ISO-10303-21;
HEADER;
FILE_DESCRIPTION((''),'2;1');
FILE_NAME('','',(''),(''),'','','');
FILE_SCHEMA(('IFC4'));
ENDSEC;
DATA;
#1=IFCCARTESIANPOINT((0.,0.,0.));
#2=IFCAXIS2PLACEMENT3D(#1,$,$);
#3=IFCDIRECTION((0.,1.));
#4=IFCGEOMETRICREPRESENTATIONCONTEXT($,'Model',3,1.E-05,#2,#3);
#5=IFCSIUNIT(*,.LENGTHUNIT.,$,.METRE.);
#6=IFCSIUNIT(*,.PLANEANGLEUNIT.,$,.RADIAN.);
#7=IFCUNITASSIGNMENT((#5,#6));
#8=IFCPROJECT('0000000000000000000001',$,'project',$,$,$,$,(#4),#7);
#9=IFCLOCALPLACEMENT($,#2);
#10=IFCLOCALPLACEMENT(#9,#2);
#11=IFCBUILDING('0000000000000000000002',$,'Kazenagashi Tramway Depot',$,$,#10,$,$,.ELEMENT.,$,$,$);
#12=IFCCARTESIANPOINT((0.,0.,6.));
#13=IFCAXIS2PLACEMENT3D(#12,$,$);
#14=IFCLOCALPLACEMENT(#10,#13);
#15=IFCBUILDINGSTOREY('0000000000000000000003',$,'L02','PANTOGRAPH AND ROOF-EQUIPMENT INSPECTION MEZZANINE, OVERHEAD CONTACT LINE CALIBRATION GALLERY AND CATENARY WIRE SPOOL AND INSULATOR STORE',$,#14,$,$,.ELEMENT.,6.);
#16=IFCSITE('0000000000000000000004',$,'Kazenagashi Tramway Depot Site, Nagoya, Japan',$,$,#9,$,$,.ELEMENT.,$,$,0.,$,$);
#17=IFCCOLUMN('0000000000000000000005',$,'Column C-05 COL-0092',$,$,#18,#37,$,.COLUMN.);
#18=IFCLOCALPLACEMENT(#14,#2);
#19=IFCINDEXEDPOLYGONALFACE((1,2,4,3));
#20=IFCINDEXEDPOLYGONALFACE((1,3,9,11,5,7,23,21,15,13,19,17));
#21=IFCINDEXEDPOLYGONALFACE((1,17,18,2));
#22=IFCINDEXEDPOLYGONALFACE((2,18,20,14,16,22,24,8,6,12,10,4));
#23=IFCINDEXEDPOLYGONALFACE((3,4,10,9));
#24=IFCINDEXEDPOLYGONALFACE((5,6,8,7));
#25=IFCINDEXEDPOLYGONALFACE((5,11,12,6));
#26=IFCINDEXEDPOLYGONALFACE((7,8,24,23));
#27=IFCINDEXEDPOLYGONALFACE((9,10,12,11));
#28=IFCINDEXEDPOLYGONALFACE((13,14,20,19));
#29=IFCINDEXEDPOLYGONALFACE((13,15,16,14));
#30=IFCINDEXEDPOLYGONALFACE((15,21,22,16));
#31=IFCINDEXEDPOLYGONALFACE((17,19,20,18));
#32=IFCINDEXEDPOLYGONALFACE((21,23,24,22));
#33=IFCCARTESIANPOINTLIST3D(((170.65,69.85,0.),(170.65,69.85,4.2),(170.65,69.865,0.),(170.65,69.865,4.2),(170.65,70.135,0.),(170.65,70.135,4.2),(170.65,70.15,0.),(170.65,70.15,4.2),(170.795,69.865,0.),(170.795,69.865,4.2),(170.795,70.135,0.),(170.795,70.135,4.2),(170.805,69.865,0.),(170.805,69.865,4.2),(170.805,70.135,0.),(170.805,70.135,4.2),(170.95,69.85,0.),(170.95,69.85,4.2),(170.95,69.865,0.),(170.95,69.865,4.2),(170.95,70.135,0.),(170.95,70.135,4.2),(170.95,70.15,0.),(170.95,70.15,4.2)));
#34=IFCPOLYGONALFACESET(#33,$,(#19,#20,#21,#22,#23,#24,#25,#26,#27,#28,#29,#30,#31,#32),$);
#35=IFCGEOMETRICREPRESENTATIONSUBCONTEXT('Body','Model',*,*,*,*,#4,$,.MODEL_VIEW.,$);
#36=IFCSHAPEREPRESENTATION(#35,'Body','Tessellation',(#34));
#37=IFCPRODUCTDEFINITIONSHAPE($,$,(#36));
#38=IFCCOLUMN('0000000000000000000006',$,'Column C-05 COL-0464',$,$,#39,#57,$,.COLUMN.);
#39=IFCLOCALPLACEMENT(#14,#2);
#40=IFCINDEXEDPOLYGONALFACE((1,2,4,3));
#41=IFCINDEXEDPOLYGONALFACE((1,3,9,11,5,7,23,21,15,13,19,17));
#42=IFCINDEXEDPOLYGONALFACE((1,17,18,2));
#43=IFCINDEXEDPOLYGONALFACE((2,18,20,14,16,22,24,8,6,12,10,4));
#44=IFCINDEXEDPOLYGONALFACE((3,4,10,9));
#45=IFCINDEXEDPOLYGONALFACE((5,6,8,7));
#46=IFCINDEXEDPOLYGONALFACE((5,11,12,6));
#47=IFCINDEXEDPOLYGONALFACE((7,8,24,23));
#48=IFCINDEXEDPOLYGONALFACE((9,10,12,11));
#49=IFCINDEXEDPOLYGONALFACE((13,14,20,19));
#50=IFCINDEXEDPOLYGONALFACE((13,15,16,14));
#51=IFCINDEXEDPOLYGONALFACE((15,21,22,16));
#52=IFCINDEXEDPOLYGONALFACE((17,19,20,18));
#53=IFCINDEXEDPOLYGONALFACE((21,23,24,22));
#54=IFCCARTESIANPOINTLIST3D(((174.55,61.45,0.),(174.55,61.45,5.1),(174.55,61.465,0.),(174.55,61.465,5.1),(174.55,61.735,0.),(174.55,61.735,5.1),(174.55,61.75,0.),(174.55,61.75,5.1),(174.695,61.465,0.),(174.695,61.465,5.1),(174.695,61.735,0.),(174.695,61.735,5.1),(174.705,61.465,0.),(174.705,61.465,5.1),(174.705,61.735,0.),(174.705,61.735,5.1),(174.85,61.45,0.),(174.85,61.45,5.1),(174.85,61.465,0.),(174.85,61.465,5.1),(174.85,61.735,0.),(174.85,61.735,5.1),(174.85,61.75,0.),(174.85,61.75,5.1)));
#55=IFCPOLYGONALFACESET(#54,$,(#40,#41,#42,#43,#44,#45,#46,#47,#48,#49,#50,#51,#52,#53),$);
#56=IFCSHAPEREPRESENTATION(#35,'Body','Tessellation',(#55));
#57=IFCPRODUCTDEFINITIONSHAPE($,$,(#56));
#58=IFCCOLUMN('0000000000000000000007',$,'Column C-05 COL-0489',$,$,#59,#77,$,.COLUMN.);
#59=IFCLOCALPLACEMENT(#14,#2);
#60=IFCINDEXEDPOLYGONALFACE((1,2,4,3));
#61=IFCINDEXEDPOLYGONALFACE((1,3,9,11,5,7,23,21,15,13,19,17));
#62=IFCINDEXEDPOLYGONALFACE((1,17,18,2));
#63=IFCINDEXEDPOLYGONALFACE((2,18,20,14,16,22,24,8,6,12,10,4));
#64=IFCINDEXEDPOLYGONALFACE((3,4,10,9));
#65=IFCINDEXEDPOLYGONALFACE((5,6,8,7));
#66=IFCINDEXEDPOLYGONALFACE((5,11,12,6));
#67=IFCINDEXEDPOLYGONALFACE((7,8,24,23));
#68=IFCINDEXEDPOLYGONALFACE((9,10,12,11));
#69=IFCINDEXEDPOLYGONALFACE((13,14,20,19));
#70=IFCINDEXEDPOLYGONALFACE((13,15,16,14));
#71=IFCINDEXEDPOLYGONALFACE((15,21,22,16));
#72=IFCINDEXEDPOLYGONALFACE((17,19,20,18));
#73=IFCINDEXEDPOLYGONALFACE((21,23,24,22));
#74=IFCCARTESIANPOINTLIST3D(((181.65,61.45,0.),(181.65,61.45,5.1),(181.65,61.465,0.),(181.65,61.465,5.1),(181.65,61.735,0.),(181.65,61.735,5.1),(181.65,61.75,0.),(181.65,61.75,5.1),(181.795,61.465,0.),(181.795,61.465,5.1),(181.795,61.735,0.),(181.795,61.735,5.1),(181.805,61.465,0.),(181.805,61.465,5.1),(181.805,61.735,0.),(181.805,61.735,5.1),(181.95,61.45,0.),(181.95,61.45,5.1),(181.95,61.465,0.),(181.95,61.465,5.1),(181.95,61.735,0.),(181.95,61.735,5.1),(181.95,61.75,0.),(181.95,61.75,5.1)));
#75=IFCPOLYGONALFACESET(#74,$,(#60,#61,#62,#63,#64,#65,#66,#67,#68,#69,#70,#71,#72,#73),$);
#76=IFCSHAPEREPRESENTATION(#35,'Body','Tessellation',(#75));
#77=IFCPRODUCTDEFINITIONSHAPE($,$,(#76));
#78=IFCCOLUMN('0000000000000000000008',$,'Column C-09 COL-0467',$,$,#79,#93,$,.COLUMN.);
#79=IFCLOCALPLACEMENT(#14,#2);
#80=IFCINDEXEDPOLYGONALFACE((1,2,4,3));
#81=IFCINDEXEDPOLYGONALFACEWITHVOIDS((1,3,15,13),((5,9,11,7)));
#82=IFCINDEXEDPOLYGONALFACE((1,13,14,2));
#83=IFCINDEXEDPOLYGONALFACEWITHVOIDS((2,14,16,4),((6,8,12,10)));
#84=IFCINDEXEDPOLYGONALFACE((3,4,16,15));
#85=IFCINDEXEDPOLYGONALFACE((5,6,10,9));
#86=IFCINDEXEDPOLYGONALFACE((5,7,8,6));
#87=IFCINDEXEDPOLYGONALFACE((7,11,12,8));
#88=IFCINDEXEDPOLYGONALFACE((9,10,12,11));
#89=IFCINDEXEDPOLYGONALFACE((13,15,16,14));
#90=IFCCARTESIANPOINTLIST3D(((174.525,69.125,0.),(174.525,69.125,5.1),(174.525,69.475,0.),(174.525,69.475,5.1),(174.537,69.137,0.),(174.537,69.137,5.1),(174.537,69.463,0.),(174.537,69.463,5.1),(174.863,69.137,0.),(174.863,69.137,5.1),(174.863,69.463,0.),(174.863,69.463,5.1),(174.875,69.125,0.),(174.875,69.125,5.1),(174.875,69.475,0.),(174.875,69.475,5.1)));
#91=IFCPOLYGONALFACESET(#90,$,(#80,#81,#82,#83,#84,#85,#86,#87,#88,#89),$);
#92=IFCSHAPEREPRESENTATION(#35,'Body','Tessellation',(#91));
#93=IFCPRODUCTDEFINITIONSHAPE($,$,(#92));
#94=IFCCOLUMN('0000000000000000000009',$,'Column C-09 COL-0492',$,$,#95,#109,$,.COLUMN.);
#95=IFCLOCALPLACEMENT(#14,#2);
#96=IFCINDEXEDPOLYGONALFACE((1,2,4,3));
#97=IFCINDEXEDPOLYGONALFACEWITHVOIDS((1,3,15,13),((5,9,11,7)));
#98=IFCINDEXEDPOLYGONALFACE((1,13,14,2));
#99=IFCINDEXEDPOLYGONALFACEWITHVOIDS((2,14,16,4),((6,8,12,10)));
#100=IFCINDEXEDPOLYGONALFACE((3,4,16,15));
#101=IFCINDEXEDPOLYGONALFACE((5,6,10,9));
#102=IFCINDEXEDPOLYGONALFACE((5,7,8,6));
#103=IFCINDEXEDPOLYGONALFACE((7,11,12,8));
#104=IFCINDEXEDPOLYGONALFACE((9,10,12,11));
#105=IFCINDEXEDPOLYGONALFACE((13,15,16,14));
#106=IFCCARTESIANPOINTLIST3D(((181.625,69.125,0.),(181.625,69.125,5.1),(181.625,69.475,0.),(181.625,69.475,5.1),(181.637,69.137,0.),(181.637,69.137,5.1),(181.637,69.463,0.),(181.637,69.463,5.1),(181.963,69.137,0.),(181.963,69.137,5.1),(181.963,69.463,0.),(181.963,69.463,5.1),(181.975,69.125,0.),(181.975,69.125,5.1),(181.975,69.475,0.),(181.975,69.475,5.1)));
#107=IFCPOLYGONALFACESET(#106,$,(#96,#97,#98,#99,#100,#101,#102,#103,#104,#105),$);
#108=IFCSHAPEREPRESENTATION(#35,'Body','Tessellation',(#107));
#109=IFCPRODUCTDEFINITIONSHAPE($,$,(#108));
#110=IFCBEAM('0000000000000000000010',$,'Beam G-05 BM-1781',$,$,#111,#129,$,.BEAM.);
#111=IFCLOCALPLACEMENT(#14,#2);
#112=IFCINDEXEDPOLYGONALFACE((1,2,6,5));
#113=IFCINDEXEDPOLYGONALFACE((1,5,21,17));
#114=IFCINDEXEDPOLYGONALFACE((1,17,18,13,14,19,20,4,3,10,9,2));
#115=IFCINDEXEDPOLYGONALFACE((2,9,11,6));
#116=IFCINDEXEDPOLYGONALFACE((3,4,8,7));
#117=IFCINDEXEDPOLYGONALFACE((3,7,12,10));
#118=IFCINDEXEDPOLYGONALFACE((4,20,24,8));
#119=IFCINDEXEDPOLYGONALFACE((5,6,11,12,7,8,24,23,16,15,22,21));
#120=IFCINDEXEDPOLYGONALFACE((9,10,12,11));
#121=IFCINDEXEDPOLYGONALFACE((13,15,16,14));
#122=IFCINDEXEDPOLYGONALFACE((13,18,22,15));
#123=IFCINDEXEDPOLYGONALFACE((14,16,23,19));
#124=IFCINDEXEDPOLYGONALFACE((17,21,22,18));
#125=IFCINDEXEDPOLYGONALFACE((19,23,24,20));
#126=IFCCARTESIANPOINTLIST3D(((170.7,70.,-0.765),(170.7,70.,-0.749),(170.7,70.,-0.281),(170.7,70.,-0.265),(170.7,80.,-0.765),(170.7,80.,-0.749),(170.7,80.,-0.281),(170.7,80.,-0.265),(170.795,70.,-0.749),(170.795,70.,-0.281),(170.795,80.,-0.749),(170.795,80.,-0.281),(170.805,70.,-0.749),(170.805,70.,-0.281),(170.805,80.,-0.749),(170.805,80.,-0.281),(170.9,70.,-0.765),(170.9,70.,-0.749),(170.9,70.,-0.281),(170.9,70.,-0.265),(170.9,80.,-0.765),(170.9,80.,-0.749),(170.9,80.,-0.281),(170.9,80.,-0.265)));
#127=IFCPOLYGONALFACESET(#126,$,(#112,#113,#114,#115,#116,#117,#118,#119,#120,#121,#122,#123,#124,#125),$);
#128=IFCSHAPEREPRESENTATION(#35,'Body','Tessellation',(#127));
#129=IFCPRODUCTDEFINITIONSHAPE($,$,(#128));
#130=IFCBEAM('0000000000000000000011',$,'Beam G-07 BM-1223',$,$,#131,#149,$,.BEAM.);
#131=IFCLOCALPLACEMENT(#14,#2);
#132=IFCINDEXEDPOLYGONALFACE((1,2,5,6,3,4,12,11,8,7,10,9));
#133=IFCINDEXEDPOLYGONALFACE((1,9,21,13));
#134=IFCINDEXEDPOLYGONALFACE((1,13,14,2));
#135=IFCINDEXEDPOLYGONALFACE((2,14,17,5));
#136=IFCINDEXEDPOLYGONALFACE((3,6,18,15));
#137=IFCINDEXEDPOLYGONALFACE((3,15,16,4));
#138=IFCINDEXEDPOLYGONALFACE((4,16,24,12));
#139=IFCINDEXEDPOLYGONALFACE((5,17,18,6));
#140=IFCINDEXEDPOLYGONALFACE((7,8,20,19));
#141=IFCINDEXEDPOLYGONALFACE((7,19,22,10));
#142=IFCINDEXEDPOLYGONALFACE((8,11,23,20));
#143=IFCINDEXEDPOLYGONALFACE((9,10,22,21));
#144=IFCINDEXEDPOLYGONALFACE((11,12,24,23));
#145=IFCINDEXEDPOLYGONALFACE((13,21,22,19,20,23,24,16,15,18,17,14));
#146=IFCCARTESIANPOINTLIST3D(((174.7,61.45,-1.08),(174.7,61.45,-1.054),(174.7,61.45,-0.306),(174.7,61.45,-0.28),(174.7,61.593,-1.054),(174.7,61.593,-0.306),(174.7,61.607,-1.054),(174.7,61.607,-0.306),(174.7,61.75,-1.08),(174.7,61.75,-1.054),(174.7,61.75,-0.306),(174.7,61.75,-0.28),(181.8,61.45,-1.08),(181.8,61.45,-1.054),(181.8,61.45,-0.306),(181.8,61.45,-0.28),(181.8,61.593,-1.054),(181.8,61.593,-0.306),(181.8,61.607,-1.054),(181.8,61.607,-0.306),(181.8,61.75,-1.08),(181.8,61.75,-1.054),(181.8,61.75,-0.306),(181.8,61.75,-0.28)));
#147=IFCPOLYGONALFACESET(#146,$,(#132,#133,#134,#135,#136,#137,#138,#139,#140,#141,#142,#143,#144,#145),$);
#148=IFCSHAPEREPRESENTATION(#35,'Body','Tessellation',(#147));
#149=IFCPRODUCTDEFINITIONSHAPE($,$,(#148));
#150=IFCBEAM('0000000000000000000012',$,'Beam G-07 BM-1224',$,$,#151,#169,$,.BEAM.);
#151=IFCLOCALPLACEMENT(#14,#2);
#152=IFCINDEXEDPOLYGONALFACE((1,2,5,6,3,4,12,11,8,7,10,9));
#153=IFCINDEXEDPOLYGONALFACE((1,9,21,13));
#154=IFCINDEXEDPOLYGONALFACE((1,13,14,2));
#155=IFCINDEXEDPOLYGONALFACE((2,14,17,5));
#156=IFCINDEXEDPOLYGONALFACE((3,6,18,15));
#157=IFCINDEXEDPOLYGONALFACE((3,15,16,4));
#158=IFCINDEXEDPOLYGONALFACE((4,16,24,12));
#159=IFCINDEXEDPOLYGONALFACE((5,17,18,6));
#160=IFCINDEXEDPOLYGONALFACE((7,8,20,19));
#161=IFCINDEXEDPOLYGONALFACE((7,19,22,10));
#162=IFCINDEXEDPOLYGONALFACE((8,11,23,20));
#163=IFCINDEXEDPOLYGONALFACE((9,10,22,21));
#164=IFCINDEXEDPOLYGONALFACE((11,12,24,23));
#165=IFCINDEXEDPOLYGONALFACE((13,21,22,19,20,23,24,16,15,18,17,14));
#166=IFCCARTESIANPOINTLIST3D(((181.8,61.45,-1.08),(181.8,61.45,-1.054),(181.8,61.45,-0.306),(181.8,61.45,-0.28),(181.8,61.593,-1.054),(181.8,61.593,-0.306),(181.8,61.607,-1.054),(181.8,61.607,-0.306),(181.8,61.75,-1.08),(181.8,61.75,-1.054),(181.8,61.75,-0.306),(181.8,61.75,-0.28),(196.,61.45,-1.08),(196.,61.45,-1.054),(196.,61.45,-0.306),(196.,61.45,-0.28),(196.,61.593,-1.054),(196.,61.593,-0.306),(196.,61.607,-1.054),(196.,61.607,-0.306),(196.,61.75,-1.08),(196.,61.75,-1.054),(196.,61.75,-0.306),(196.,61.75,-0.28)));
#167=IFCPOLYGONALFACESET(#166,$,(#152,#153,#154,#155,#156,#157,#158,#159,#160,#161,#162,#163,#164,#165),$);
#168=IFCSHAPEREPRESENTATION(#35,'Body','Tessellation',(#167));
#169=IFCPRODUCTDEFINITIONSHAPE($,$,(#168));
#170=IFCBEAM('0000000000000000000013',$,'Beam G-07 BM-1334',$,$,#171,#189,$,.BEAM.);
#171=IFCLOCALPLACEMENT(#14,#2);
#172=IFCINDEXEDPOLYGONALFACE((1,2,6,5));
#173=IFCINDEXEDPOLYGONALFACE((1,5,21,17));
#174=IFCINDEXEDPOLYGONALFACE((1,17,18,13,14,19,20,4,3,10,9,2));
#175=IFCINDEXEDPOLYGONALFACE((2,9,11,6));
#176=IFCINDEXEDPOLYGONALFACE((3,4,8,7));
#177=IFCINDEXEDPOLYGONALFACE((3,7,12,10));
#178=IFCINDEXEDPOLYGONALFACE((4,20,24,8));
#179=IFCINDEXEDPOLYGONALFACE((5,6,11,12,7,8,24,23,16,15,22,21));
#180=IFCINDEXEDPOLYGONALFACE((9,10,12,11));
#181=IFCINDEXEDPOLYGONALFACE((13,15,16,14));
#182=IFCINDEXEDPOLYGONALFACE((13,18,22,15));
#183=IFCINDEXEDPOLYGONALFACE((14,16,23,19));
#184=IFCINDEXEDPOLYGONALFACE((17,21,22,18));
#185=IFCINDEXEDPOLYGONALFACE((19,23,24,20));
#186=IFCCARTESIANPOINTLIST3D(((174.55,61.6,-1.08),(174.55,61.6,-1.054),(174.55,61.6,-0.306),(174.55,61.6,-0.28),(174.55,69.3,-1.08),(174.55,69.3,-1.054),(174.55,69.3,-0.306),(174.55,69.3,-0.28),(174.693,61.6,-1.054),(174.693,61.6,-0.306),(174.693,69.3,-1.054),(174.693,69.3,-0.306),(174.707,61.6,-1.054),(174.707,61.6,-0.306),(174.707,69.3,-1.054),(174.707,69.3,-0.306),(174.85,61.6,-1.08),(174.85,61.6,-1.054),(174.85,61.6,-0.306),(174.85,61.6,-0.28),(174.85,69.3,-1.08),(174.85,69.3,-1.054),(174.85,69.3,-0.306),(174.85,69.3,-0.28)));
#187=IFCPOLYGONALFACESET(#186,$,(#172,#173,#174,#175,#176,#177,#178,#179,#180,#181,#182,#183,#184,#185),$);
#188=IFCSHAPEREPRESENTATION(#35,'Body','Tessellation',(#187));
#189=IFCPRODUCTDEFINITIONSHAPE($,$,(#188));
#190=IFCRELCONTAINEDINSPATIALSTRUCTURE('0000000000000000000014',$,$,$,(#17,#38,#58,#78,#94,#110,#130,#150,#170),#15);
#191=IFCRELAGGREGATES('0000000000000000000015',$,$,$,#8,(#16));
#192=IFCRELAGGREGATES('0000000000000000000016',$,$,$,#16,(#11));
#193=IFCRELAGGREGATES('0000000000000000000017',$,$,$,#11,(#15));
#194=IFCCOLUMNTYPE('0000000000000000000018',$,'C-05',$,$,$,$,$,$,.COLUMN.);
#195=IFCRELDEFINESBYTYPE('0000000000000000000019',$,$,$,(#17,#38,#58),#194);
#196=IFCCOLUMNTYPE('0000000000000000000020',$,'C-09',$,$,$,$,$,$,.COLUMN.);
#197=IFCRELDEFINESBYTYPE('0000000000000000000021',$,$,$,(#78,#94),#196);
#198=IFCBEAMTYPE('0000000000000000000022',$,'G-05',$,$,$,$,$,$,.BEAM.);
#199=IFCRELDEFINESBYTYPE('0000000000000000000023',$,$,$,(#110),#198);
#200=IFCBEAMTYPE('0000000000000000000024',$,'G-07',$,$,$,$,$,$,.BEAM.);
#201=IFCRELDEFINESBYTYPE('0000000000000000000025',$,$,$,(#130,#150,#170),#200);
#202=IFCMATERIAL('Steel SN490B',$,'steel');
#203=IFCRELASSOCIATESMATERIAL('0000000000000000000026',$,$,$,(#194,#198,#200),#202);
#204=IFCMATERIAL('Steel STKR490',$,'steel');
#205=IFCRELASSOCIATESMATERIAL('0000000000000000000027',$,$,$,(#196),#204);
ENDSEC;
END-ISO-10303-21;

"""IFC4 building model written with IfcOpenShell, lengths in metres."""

from ifc_helpers import new_model, si_unit, direction, frame, origin, origin_2d, place, context, subcontext, project, spatial, hollow_rectangle, i_section, extrude, material, material_profile, profile_set, type_object, element, save


model = new_model("IFC4")

# Units and contexts
model_context = context("Model", 3, precision=1e-05, world=origin(), true_north=direction((0.0, 1.0)))
body_context = subcontext(model_context, "Body", "Model", "MODEL_VIEW")
ifc_project = project(units=[si_unit("LENGTHUNIT", "METRE"), si_unit("PLANEANGLEUNIT", "RADIAN")], contexts=[model_context])

# Site, building, storey
site_placement = place(None, origin())
site = spatial("IfcSite", under=ifc_project, at=site_placement, Name="Kazenagashi Tramway Depot Site, Nagoya, Japan", CompositionType="ELEMENT", RefElevation=0.0)
building_placement = place(site_placement, origin())
building = spatial("IfcBuilding", under=site, at=building_placement, Name="Kazenagashi Tramway Depot", CompositionType="ELEMENT")
storey_placement = place(building_placement, frame((0.0, 0.0, 6.0)))
storey = spatial("IfcBuildingStorey", under=building, at=storey_placement, Name="L02", Description="PANTOGRAPH AND ROOF-EQUIPMENT INSPECTION MEZZANINE, OVERHEAD CONTACT LINE CALIBRATION GALLERY AND CATENARY WIRE SPOOL AND INSULATOR STORE", CompositionType="ELEMENT", Elevation=6.0)

# Columns
ifc_material_1 = material(Name="Steel SN490B", Category="steel")
ifc_material_profile_1 = material_profile(ifc_material_1, i_section(OverallWidth=0.3, OverallDepth=0.3, WebThickness=0.01, FlangeThickness=0.015, at=origin_2d()), Name="H-300x300x10x15")
ifc_profile_set_1 = profile_set([ifc_material_profile_1], Name="Steel SN490B")
column_type_1 = type_object("IfcColumnType", Name="C-05", PredefinedType="COLUMN", material=ifc_profile_set_1)
column_placement = place(storey_placement, frame((170.8, 70.0, 0.0), z_axis=(0.0, 0.0, 1.0), x_axis=(1.0, 0.0, 0.0)))
element("IfcColumn", 1, at=column_placement, inside=storey, type_object=column_type_1, Name="Column C-05 COL-0092", PredefinedType="COLUMN", context=body_context, shape_type="SweptSolid", body=[
    extrude(i_section(OverallWidth=0.3, OverallDepth=0.3, WebThickness=0.01, FlangeThickness=0.015, at=origin_2d()), origin(), (0.0, 0.0, 1.0), 4.2),
])
for number, where, z_axis, x_axis, name in (
    (2, (174.7, 61.6, 0.0), (0.0, 0.0, 1.0), (1.0, 0.0, 0.0), "Column C-05 COL-0464"),
    (3, (181.8, 61.6, 0.0), (0.0, 0.0, 1.0), (1.0, 0.0, 0.0), "Column C-05 COL-0489"),
):
    element("IfcColumn", number, at=place(storey_placement, frame(where, z_axis=z_axis, x_axis=x_axis)), inside=storey, type_object=column_type_1, Name=name, PredefinedType="COLUMN", context=body_context, shape_type="SweptSolid", body=[
        extrude(i_section(OverallWidth=0.3, OverallDepth=0.3, WebThickness=0.01, FlangeThickness=0.015, at=origin_2d()), origin(), (0.0, 0.0, 1.0), 5.1),
    ])
ifc_material_2 = material(Name="Steel STKR490", Category="steel")
ifc_material_profile_2 = material_profile(ifc_material_2, hollow_rectangle(XDim=0.35, YDim=0.35, WallThickness=0.012, at=origin_2d()), Name="SHS-350x350x12")
ifc_profile_set_2 = profile_set([ifc_material_profile_2], Name="Steel STKR490")
column_type_2 = type_object("IfcColumnType", Name="C-09", PredefinedType="COLUMN", material=ifc_profile_set_2)
for number, where, z_axis, x_axis, name in (
    (4, (174.7, 69.3, 0.0), (0.0, 0.0, 1.0), (1.0, 0.0, 0.0), "Column C-09 COL-0467"),
    (5, (181.8, 69.3, 0.0), (0.0, 0.0, 1.0), (1.0, 0.0, 0.0), "Column C-09 COL-0492"),
):
    element("IfcColumn", number, at=place(storey_placement, frame(where, z_axis=z_axis, x_axis=x_axis)), inside=storey, type_object=column_type_2, Name=name, PredefinedType="COLUMN", context=body_context, shape_type="SweptSolid", body=[
        extrude(hollow_rectangle(XDim=0.35, YDim=0.35, WallThickness=0.012, at=origin_2d()), origin(), (0.0, 0.0, 1.0), 5.1),
    ])

# Beams
ifc_material_profile_3 = material_profile(ifc_material_1, i_section(OverallWidth=0.2, OverallDepth=0.5, WebThickness=0.01, FlangeThickness=0.016, at=origin_2d()), Name="H-500x200x10x16")
ifc_profile_set_3 = profile_set([ifc_material_profile_3], Name="Steel SN490B")
beam_type_1 = type_object("IfcBeamType", Name="G-05", PredefinedType="BEAM", material=ifc_profile_set_3)
beam_1_placement = place(storey_placement, frame((170.8, 70.0, -0.515), z_axis=(0.0, 1.0, 0.0), x_axis=(-1.0, 0.0, 0.0)))
element("IfcBeam", 6, at=beam_1_placement, inside=storey, type_object=beam_type_1, Name="Beam G-05 BM-1781", PredefinedType="BEAM", context=body_context, shape_type="SweptSolid", body=[
    extrude(i_section(OverallWidth=0.2, OverallDepth=0.5, WebThickness=0.01, FlangeThickness=0.016, at=origin_2d()), origin(), (0.0, 0.0, 1.0), 10.0),
])
ifc_material_profile_4 = material_profile(ifc_material_1, i_section(OverallWidth=0.3, OverallDepth=0.8, WebThickness=0.014, FlangeThickness=0.026, at=origin_2d()), Name="H-800x300x14x26")
ifc_profile_set_4 = profile_set([ifc_material_profile_4], Name="Steel SN490B")
beam_type_2 = type_object("IfcBeamType", Name="G-07", PredefinedType="BEAM", material=ifc_profile_set_4)
beam_2_placement = place(storey_placement, frame((174.7, 61.6, -0.68), z_axis=(1.0, 0.0, 0.0), x_axis=(0.0, 1.0, 0.0)))
element("IfcBeam", 7, at=beam_2_placement, inside=storey, type_object=beam_type_2, Name="Beam G-07 BM-1223", PredefinedType="BEAM", context=body_context, shape_type="SweptSolid", body=[
    extrude(i_section(OverallWidth=0.3, OverallDepth=0.8, WebThickness=0.014, FlangeThickness=0.026, at=origin_2d()), origin(), (0.0, 0.0, 1.0), 7.1),
])
beam_3_placement = place(storey_placement, frame((181.8, 61.6, -0.68), z_axis=(1.0, 0.0, 0.0), x_axis=(0.0, 1.0, 0.0)))
element("IfcBeam", 8, at=beam_3_placement, inside=storey, type_object=beam_type_2, Name="Beam G-07 BM-1224", PredefinedType="BEAM", context=body_context, shape_type="SweptSolid", body=[
    extrude(i_section(OverallWidth=0.3, OverallDepth=0.8, WebThickness=0.014, FlangeThickness=0.026, at=origin_2d()), origin(), (0.0, 0.0, 1.0), 14.2),
])
for number, where, z_axis, x_axis, name in (
    (9, (174.7, 61.6, -0.68), (0.0, 1.0, 0.0), (-1.0, 0.0, 0.0), "Beam G-07 BM-1334"),
):
    element("IfcBeam", number, at=place(storey_placement, frame(where, z_axis=z_axis, x_axis=x_axis)), inside=storey, type_object=beam_type_2, Name=name, PredefinedType="BEAM", context=body_context, shape_type="SweptSolid", body=[
        extrude(i_section(OverallWidth=0.3, OverallDepth=0.8, WebThickness=0.014, FlangeThickness=0.026, at=origin_2d()), origin(), (0.0, 0.0, 1.0), 7.7),
    ])

save(model, "model.ifc")
